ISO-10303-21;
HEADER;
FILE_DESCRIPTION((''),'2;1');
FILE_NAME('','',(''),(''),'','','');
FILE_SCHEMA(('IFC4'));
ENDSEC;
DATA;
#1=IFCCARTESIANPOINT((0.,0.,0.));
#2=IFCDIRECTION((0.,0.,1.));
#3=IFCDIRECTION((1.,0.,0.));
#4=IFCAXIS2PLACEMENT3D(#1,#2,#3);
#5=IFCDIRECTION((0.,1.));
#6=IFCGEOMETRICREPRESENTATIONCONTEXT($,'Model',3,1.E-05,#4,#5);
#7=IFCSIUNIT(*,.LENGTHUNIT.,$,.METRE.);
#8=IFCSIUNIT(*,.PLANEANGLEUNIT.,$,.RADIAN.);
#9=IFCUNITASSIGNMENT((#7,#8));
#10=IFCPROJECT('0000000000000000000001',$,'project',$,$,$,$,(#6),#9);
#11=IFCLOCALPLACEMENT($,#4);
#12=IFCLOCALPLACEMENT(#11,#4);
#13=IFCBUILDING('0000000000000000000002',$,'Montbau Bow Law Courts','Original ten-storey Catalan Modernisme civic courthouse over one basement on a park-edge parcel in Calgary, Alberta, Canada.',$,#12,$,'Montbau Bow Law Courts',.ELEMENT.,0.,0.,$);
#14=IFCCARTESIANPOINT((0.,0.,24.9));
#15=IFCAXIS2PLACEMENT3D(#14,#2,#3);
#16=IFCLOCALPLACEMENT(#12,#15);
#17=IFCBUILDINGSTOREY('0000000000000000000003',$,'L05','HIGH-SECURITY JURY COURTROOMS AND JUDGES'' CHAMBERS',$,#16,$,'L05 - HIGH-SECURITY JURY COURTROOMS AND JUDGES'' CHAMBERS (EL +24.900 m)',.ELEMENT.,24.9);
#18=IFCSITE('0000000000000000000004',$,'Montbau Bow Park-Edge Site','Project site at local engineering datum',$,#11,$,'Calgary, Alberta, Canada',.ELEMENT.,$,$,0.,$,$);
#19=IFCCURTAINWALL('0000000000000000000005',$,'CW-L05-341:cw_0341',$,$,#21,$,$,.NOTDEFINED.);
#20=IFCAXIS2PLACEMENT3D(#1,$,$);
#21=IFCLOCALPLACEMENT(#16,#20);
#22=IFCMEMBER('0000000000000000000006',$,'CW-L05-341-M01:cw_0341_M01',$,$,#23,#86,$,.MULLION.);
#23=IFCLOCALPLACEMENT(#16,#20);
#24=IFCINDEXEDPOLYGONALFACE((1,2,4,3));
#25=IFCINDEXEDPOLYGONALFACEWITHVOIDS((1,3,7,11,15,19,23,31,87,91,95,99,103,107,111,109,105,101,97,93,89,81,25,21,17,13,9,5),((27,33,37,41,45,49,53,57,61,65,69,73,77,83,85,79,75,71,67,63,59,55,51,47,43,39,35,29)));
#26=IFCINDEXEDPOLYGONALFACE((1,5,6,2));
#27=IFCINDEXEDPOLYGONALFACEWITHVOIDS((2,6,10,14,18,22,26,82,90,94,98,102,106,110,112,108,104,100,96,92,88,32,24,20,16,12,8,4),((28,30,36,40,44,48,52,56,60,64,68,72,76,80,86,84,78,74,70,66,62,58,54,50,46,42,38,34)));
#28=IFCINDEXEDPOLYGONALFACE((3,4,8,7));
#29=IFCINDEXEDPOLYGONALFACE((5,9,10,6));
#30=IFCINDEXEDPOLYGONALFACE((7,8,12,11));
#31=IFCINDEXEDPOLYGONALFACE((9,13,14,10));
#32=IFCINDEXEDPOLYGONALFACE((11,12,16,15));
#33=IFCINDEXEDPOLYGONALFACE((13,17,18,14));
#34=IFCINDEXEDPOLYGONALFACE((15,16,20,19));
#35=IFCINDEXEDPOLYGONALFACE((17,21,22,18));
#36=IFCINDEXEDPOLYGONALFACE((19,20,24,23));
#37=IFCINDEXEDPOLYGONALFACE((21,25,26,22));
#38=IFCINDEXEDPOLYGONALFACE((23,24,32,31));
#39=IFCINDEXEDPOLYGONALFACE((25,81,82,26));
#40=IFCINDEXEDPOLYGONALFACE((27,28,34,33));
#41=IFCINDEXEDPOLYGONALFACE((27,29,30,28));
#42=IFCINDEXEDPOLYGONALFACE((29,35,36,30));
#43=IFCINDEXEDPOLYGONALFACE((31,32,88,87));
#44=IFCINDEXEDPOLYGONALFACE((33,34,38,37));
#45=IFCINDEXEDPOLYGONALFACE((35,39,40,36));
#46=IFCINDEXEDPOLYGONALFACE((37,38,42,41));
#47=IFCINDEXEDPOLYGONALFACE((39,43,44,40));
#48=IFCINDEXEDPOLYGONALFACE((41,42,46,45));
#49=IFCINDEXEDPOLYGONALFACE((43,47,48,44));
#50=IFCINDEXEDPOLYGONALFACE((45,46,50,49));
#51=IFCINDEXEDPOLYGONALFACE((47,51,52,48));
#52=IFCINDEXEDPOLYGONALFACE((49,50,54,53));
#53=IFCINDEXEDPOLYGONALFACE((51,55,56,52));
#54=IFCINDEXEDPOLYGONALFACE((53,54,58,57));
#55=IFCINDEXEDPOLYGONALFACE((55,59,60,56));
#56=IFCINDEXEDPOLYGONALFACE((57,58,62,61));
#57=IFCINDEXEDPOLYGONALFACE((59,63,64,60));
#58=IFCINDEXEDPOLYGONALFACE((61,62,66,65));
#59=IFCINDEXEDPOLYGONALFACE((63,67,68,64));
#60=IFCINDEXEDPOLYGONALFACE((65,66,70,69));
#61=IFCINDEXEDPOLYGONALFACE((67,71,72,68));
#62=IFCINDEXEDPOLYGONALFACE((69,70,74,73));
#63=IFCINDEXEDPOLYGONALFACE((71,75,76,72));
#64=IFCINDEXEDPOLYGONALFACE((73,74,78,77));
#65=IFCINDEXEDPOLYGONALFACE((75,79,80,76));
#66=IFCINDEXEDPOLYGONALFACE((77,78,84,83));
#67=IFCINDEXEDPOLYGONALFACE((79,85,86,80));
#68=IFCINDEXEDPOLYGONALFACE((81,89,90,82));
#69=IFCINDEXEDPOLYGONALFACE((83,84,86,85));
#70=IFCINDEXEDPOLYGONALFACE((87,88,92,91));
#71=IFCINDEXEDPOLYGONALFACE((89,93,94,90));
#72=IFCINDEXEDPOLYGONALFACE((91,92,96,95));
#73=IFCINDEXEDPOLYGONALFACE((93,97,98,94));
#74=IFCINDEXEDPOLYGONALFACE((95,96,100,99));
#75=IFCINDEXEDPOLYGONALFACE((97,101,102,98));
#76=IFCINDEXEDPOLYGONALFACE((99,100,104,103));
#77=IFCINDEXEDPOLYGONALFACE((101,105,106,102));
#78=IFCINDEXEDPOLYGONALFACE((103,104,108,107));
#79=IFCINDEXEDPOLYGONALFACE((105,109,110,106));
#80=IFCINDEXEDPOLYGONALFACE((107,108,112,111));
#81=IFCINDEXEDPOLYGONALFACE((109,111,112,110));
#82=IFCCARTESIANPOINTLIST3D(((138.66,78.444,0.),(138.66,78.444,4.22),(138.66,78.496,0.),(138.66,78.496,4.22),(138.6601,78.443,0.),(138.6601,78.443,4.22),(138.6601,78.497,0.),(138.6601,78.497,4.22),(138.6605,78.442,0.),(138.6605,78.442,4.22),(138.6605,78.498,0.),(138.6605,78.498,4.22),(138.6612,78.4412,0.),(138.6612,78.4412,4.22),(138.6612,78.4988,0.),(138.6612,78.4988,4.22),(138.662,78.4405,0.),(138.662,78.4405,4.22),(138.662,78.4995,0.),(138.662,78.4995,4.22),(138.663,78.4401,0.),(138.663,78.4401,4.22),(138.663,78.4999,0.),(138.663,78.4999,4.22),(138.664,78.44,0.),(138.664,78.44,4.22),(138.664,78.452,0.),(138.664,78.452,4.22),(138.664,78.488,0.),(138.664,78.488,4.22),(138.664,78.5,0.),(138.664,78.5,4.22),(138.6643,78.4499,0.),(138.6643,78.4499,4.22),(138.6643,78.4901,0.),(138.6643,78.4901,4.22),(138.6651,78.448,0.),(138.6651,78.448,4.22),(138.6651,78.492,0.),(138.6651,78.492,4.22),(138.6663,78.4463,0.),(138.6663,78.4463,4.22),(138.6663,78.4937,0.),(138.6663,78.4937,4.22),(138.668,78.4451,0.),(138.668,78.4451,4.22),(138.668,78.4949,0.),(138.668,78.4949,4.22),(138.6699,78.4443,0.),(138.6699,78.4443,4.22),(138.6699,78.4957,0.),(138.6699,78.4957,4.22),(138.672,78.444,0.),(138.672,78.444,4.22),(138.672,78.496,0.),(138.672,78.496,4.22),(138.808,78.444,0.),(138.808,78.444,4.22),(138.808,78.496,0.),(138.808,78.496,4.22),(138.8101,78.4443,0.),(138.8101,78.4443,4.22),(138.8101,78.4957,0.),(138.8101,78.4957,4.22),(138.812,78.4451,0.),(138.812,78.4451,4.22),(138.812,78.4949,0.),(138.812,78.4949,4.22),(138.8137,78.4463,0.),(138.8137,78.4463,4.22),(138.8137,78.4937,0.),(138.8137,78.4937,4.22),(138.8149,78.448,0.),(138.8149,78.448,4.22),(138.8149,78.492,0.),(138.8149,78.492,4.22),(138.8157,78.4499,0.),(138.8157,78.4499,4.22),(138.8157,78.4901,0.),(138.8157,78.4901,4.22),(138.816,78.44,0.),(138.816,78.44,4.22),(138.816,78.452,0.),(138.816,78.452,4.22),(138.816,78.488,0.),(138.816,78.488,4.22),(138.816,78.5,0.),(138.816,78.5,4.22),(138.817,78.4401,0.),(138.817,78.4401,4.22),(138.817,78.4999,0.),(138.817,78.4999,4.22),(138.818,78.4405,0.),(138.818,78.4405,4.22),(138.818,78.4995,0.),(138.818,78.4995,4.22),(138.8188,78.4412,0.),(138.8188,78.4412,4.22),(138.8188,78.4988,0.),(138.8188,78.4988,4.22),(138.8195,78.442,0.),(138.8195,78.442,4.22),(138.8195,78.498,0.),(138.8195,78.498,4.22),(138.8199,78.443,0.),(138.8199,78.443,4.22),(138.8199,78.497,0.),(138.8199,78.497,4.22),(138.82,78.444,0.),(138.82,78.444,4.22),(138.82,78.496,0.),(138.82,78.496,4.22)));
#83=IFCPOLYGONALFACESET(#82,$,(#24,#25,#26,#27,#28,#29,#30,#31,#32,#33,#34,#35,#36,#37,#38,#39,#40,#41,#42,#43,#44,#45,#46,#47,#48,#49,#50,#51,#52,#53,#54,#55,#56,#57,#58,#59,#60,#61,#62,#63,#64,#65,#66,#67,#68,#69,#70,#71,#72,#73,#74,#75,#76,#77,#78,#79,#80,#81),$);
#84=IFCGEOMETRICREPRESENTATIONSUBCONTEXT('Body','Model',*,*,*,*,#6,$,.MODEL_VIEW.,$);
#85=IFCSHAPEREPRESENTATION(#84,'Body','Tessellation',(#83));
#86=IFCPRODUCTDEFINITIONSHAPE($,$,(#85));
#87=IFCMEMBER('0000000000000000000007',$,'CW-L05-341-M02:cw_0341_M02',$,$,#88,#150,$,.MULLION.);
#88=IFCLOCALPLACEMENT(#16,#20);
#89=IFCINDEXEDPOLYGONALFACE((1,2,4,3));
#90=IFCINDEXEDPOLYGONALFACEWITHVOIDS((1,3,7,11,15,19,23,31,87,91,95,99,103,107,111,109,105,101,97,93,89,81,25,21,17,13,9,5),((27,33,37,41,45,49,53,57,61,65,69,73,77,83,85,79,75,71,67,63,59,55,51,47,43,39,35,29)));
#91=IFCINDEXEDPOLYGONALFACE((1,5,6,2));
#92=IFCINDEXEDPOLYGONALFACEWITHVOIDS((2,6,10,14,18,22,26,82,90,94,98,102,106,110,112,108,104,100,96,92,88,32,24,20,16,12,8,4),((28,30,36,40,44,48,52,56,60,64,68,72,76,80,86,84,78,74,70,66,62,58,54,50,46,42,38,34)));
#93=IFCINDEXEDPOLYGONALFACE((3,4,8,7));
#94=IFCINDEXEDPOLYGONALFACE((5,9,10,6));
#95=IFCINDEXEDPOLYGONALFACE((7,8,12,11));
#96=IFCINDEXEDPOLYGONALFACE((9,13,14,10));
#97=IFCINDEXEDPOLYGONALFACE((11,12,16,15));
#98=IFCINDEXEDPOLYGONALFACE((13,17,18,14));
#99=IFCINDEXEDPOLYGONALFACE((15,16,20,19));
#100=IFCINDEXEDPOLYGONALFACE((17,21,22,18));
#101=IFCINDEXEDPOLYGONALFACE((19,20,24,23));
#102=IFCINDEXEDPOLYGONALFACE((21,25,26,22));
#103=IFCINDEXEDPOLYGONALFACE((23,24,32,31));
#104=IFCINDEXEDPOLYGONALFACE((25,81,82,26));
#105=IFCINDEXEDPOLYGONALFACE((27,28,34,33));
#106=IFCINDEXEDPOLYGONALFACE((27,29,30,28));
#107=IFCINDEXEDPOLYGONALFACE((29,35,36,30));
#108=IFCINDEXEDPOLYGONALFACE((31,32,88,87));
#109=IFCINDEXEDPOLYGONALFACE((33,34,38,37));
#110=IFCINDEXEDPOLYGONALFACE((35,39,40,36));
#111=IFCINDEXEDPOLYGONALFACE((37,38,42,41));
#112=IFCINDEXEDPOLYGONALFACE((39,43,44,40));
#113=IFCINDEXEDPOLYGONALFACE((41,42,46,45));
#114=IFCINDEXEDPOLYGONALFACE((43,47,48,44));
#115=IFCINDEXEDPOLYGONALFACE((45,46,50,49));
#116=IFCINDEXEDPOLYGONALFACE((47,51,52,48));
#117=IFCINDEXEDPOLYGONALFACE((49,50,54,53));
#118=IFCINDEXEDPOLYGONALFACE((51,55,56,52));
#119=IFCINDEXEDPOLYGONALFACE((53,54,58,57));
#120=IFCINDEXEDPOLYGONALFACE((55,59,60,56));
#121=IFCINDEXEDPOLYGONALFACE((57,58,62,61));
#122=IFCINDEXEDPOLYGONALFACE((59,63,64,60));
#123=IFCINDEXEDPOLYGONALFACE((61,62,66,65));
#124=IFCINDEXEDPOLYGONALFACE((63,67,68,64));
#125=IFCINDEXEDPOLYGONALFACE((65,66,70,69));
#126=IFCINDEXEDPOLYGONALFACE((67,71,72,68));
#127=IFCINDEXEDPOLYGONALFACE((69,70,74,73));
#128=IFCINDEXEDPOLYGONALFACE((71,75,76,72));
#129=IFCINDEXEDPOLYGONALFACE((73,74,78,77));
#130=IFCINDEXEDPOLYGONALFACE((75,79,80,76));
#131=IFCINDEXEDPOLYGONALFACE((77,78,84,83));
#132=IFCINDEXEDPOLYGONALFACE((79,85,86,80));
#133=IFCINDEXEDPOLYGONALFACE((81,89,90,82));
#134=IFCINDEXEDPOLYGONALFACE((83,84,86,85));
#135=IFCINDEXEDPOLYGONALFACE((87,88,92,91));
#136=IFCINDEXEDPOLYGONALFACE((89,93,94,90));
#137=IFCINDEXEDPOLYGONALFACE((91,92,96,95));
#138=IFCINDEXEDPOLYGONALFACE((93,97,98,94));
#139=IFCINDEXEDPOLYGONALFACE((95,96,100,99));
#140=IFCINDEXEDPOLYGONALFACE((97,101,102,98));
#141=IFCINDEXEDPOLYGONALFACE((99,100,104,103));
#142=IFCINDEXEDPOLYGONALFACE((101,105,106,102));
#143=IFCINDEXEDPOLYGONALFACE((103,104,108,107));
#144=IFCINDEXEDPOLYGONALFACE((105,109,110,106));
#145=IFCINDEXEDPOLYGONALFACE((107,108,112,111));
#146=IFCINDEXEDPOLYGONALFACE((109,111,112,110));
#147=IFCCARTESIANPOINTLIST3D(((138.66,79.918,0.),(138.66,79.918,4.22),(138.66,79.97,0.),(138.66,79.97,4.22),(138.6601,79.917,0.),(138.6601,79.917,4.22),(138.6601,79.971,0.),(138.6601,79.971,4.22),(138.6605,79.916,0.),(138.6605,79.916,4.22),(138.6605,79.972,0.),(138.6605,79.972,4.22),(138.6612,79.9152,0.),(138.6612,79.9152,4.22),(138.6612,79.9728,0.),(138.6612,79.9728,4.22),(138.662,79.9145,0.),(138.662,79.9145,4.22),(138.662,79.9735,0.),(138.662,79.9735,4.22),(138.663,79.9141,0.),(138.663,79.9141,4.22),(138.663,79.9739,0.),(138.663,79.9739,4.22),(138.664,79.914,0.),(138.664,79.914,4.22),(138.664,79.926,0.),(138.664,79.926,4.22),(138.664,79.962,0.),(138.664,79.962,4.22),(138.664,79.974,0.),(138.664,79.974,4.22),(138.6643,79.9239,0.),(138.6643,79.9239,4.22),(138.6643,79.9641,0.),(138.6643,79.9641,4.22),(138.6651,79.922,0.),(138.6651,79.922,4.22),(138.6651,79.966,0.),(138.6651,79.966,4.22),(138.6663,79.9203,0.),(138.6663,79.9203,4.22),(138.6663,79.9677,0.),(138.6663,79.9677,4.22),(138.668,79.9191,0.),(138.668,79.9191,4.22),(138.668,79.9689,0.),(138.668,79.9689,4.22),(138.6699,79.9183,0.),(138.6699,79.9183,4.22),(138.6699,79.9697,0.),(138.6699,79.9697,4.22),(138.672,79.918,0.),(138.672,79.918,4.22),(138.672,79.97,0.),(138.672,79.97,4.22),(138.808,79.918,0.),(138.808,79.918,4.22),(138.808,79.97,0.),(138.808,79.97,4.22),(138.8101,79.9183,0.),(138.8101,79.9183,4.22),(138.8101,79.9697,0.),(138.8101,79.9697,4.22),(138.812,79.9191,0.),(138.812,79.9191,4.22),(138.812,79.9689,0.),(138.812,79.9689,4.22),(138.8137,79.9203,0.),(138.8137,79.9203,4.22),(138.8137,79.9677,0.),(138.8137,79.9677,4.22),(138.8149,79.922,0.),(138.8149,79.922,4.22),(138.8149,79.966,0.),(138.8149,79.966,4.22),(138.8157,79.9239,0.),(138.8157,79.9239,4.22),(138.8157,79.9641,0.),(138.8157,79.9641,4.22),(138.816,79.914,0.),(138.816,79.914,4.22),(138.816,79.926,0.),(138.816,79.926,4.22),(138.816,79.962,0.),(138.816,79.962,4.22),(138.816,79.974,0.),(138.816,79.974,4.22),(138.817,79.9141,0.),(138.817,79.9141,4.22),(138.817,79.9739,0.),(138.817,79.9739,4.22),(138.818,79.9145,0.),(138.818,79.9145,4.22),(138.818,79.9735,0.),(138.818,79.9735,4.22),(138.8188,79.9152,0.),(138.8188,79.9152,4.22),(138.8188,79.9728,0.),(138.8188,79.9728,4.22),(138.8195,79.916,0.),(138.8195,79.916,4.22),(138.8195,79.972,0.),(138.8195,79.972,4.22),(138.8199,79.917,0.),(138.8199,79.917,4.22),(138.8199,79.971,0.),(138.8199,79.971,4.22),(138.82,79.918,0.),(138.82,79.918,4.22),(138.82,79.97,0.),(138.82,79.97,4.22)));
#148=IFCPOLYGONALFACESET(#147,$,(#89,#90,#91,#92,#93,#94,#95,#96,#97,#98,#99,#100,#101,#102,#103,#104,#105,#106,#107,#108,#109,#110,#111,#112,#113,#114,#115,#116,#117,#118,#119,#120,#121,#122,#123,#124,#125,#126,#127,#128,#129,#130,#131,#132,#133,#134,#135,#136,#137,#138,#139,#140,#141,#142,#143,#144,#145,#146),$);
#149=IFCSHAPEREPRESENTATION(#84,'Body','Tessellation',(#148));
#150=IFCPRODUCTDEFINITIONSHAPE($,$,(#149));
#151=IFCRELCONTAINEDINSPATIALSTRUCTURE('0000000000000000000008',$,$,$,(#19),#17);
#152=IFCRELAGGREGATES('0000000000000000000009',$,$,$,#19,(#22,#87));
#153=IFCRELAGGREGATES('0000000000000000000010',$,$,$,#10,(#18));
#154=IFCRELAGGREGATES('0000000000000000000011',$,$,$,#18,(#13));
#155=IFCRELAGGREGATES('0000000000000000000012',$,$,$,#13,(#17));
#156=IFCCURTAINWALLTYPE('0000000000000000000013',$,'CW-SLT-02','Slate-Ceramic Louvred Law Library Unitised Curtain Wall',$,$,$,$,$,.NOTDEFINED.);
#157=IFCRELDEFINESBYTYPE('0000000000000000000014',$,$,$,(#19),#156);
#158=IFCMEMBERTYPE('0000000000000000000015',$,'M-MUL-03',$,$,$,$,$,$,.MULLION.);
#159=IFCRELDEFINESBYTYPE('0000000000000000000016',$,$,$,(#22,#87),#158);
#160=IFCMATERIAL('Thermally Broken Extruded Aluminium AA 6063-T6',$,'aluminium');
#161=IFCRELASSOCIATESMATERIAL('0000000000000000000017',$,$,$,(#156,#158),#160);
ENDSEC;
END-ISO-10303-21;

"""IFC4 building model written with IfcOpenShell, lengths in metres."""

from ifc_helpers import new_model, si_unit, direction, frame, origin_with_axes, origin_2d_with_axis, place, context, subcontext, project, spatial, hollow_rectangle, extrude, material, material_profile, profile_set, type_object, element, aggregate, save


model = new_model("IFC4")

# Units and contexts
model_context = context("Model", 3, precision=1e-05, world=origin_with_axes(), true_north=direction((0.0, 1.0)))
body_context = subcontext(model_context, "Body", "Model", "MODEL_VIEW")
ifc_project = project(units=[si_unit("LENGTHUNIT", "METRE"), si_unit("PLANEANGLEUNIT", "RADIAN")], contexts=[model_context])

# Site, building, storey
site_placement = place(None, origin_with_axes())
site = spatial("IfcSite", under=ifc_project, at=site_placement, Name="Montbau Bow Park-Edge Site", Description="Project site at local engineering datum", LongName="Calgary, Alberta, Canada", CompositionType="ELEMENT", RefElevation=0.0)
building_placement = place(site_placement, origin_with_axes())
building = spatial("IfcBuilding", under=site, at=building_placement, Name="Montbau Bow Law Courts", Description="Original ten-storey Catalan Modernisme civic courthouse over one basement on a park-edge parcel in Calgary, Alberta, Canada.", LongName="Montbau Bow Law Courts", CompositionType="ELEMENT", ElevationOfRefHeight=0.0, ElevationOfTerrain=0.0)
storey_placement = place(building_placement, frame((0.0, 0.0, 24.9), z_axis=(0.0, 0.0, 1.0), x_axis=(1.0, 0.0, 0.0)))
storey = spatial("IfcBuildingStorey", under=building, at=storey_placement, Name="L05", Description="HIGH-SECURITY JURY COURTROOMS AND JUDGES' CHAMBERS", LongName="L05 - HIGH-SECURITY JURY COURTROOMS AND JUDGES' CHAMBERS (EL +24.900 m)", CompositionType="ELEMENT", Elevation=24.9)

# Curtain wall, members
ifc_material_1 = material(Name="Thermally Broken Extruded Aluminium AA 6063-T6", Category="aluminium")
curtain_wall_type = type_object("IfcCurtainWallType", Name="CW-SLT-02", Description="Slate-Ceramic Louvred Law Library Unitised Curtain Wall", PredefinedType="NOTDEFINED", material=ifc_material_1)
curtain_wall_1_placement = place(None, frame((138.74, 78.44, 24.9), z_axis=(0.0, 0.0, 1.0), x_axis=(1.0, 0.0, 0.0)))
curtain_wall_1 = element("IfcCurtainWall", 1, at=curtain_wall_1_placement, inside=storey, type_object=curtain_wall_type, Name="CW-L05-341:cw_0341", PredefinedType="NOTDEFINED")
ifc_material_profile_1 = material_profile(ifc_material_1, hollow_rectangle(XDim=0.06, YDim=0.16, WallThickness=0.004, InnerFilletRadius=0.008, OuterFilletRadius=0.004, at=origin_2d_with_axis()), Name="CWM-160X60", Category="Main", Priority=0)
ifc_profile_set_1 = profile_set([ifc_material_profile_1], Name="Thermally Broken Extruded Aluminium AA 6063-T6")
member_type_1 = type_object("IfcMemberType", Name="M-MUL-03", PredefinedType="MULLION", material=ifc_profile_set_1)
member_1_placement = place(None, frame((138.74, 78.47, 24.9), z_axis=(0.0, 0.0, 1.0), x_axis=(0.0, 1.0, 0.0)))
member_1 = element("IfcMember", 2, at=member_1_placement, type_object=member_type_1, Name="CW-L05-341-M01:cw_0341_M01", PredefinedType="MULLION", context=body_context, shape_type="SweptSolid", body=[
    extrude(hollow_rectangle(XDim=0.06, YDim=0.16, WallThickness=0.004, InnerFilletRadius=0.008, OuterFilletRadius=0.004, at=origin_2d_with_axis()), origin_with_axes(), (0.0, 0.0, 1.0), 4.22),
])
member_2_placement = place(None, frame((138.74, 79.944, 24.9), z_axis=(0.0, 0.0, 1.0), x_axis=(0.0, 1.0, 0.0)))
member_2 = element("IfcMember", 3, at=member_2_placement, type_object=member_type_1, Name="CW-L05-341-M02:cw_0341_M02", PredefinedType="MULLION", context=body_context, shape_type="SweptSolid", body=[
    extrude(hollow_rectangle(XDim=0.06, YDim=0.16, WallThickness=0.004, InnerFilletRadius=0.008, OuterFilletRadius=0.004, at=origin_2d_with_axis()), origin_with_axes(), (0.0, 0.0, 1.0), 4.22),
])
aggregate(curtain_wall_1, [member_1, member_2])

save(model, "model.ifc")
